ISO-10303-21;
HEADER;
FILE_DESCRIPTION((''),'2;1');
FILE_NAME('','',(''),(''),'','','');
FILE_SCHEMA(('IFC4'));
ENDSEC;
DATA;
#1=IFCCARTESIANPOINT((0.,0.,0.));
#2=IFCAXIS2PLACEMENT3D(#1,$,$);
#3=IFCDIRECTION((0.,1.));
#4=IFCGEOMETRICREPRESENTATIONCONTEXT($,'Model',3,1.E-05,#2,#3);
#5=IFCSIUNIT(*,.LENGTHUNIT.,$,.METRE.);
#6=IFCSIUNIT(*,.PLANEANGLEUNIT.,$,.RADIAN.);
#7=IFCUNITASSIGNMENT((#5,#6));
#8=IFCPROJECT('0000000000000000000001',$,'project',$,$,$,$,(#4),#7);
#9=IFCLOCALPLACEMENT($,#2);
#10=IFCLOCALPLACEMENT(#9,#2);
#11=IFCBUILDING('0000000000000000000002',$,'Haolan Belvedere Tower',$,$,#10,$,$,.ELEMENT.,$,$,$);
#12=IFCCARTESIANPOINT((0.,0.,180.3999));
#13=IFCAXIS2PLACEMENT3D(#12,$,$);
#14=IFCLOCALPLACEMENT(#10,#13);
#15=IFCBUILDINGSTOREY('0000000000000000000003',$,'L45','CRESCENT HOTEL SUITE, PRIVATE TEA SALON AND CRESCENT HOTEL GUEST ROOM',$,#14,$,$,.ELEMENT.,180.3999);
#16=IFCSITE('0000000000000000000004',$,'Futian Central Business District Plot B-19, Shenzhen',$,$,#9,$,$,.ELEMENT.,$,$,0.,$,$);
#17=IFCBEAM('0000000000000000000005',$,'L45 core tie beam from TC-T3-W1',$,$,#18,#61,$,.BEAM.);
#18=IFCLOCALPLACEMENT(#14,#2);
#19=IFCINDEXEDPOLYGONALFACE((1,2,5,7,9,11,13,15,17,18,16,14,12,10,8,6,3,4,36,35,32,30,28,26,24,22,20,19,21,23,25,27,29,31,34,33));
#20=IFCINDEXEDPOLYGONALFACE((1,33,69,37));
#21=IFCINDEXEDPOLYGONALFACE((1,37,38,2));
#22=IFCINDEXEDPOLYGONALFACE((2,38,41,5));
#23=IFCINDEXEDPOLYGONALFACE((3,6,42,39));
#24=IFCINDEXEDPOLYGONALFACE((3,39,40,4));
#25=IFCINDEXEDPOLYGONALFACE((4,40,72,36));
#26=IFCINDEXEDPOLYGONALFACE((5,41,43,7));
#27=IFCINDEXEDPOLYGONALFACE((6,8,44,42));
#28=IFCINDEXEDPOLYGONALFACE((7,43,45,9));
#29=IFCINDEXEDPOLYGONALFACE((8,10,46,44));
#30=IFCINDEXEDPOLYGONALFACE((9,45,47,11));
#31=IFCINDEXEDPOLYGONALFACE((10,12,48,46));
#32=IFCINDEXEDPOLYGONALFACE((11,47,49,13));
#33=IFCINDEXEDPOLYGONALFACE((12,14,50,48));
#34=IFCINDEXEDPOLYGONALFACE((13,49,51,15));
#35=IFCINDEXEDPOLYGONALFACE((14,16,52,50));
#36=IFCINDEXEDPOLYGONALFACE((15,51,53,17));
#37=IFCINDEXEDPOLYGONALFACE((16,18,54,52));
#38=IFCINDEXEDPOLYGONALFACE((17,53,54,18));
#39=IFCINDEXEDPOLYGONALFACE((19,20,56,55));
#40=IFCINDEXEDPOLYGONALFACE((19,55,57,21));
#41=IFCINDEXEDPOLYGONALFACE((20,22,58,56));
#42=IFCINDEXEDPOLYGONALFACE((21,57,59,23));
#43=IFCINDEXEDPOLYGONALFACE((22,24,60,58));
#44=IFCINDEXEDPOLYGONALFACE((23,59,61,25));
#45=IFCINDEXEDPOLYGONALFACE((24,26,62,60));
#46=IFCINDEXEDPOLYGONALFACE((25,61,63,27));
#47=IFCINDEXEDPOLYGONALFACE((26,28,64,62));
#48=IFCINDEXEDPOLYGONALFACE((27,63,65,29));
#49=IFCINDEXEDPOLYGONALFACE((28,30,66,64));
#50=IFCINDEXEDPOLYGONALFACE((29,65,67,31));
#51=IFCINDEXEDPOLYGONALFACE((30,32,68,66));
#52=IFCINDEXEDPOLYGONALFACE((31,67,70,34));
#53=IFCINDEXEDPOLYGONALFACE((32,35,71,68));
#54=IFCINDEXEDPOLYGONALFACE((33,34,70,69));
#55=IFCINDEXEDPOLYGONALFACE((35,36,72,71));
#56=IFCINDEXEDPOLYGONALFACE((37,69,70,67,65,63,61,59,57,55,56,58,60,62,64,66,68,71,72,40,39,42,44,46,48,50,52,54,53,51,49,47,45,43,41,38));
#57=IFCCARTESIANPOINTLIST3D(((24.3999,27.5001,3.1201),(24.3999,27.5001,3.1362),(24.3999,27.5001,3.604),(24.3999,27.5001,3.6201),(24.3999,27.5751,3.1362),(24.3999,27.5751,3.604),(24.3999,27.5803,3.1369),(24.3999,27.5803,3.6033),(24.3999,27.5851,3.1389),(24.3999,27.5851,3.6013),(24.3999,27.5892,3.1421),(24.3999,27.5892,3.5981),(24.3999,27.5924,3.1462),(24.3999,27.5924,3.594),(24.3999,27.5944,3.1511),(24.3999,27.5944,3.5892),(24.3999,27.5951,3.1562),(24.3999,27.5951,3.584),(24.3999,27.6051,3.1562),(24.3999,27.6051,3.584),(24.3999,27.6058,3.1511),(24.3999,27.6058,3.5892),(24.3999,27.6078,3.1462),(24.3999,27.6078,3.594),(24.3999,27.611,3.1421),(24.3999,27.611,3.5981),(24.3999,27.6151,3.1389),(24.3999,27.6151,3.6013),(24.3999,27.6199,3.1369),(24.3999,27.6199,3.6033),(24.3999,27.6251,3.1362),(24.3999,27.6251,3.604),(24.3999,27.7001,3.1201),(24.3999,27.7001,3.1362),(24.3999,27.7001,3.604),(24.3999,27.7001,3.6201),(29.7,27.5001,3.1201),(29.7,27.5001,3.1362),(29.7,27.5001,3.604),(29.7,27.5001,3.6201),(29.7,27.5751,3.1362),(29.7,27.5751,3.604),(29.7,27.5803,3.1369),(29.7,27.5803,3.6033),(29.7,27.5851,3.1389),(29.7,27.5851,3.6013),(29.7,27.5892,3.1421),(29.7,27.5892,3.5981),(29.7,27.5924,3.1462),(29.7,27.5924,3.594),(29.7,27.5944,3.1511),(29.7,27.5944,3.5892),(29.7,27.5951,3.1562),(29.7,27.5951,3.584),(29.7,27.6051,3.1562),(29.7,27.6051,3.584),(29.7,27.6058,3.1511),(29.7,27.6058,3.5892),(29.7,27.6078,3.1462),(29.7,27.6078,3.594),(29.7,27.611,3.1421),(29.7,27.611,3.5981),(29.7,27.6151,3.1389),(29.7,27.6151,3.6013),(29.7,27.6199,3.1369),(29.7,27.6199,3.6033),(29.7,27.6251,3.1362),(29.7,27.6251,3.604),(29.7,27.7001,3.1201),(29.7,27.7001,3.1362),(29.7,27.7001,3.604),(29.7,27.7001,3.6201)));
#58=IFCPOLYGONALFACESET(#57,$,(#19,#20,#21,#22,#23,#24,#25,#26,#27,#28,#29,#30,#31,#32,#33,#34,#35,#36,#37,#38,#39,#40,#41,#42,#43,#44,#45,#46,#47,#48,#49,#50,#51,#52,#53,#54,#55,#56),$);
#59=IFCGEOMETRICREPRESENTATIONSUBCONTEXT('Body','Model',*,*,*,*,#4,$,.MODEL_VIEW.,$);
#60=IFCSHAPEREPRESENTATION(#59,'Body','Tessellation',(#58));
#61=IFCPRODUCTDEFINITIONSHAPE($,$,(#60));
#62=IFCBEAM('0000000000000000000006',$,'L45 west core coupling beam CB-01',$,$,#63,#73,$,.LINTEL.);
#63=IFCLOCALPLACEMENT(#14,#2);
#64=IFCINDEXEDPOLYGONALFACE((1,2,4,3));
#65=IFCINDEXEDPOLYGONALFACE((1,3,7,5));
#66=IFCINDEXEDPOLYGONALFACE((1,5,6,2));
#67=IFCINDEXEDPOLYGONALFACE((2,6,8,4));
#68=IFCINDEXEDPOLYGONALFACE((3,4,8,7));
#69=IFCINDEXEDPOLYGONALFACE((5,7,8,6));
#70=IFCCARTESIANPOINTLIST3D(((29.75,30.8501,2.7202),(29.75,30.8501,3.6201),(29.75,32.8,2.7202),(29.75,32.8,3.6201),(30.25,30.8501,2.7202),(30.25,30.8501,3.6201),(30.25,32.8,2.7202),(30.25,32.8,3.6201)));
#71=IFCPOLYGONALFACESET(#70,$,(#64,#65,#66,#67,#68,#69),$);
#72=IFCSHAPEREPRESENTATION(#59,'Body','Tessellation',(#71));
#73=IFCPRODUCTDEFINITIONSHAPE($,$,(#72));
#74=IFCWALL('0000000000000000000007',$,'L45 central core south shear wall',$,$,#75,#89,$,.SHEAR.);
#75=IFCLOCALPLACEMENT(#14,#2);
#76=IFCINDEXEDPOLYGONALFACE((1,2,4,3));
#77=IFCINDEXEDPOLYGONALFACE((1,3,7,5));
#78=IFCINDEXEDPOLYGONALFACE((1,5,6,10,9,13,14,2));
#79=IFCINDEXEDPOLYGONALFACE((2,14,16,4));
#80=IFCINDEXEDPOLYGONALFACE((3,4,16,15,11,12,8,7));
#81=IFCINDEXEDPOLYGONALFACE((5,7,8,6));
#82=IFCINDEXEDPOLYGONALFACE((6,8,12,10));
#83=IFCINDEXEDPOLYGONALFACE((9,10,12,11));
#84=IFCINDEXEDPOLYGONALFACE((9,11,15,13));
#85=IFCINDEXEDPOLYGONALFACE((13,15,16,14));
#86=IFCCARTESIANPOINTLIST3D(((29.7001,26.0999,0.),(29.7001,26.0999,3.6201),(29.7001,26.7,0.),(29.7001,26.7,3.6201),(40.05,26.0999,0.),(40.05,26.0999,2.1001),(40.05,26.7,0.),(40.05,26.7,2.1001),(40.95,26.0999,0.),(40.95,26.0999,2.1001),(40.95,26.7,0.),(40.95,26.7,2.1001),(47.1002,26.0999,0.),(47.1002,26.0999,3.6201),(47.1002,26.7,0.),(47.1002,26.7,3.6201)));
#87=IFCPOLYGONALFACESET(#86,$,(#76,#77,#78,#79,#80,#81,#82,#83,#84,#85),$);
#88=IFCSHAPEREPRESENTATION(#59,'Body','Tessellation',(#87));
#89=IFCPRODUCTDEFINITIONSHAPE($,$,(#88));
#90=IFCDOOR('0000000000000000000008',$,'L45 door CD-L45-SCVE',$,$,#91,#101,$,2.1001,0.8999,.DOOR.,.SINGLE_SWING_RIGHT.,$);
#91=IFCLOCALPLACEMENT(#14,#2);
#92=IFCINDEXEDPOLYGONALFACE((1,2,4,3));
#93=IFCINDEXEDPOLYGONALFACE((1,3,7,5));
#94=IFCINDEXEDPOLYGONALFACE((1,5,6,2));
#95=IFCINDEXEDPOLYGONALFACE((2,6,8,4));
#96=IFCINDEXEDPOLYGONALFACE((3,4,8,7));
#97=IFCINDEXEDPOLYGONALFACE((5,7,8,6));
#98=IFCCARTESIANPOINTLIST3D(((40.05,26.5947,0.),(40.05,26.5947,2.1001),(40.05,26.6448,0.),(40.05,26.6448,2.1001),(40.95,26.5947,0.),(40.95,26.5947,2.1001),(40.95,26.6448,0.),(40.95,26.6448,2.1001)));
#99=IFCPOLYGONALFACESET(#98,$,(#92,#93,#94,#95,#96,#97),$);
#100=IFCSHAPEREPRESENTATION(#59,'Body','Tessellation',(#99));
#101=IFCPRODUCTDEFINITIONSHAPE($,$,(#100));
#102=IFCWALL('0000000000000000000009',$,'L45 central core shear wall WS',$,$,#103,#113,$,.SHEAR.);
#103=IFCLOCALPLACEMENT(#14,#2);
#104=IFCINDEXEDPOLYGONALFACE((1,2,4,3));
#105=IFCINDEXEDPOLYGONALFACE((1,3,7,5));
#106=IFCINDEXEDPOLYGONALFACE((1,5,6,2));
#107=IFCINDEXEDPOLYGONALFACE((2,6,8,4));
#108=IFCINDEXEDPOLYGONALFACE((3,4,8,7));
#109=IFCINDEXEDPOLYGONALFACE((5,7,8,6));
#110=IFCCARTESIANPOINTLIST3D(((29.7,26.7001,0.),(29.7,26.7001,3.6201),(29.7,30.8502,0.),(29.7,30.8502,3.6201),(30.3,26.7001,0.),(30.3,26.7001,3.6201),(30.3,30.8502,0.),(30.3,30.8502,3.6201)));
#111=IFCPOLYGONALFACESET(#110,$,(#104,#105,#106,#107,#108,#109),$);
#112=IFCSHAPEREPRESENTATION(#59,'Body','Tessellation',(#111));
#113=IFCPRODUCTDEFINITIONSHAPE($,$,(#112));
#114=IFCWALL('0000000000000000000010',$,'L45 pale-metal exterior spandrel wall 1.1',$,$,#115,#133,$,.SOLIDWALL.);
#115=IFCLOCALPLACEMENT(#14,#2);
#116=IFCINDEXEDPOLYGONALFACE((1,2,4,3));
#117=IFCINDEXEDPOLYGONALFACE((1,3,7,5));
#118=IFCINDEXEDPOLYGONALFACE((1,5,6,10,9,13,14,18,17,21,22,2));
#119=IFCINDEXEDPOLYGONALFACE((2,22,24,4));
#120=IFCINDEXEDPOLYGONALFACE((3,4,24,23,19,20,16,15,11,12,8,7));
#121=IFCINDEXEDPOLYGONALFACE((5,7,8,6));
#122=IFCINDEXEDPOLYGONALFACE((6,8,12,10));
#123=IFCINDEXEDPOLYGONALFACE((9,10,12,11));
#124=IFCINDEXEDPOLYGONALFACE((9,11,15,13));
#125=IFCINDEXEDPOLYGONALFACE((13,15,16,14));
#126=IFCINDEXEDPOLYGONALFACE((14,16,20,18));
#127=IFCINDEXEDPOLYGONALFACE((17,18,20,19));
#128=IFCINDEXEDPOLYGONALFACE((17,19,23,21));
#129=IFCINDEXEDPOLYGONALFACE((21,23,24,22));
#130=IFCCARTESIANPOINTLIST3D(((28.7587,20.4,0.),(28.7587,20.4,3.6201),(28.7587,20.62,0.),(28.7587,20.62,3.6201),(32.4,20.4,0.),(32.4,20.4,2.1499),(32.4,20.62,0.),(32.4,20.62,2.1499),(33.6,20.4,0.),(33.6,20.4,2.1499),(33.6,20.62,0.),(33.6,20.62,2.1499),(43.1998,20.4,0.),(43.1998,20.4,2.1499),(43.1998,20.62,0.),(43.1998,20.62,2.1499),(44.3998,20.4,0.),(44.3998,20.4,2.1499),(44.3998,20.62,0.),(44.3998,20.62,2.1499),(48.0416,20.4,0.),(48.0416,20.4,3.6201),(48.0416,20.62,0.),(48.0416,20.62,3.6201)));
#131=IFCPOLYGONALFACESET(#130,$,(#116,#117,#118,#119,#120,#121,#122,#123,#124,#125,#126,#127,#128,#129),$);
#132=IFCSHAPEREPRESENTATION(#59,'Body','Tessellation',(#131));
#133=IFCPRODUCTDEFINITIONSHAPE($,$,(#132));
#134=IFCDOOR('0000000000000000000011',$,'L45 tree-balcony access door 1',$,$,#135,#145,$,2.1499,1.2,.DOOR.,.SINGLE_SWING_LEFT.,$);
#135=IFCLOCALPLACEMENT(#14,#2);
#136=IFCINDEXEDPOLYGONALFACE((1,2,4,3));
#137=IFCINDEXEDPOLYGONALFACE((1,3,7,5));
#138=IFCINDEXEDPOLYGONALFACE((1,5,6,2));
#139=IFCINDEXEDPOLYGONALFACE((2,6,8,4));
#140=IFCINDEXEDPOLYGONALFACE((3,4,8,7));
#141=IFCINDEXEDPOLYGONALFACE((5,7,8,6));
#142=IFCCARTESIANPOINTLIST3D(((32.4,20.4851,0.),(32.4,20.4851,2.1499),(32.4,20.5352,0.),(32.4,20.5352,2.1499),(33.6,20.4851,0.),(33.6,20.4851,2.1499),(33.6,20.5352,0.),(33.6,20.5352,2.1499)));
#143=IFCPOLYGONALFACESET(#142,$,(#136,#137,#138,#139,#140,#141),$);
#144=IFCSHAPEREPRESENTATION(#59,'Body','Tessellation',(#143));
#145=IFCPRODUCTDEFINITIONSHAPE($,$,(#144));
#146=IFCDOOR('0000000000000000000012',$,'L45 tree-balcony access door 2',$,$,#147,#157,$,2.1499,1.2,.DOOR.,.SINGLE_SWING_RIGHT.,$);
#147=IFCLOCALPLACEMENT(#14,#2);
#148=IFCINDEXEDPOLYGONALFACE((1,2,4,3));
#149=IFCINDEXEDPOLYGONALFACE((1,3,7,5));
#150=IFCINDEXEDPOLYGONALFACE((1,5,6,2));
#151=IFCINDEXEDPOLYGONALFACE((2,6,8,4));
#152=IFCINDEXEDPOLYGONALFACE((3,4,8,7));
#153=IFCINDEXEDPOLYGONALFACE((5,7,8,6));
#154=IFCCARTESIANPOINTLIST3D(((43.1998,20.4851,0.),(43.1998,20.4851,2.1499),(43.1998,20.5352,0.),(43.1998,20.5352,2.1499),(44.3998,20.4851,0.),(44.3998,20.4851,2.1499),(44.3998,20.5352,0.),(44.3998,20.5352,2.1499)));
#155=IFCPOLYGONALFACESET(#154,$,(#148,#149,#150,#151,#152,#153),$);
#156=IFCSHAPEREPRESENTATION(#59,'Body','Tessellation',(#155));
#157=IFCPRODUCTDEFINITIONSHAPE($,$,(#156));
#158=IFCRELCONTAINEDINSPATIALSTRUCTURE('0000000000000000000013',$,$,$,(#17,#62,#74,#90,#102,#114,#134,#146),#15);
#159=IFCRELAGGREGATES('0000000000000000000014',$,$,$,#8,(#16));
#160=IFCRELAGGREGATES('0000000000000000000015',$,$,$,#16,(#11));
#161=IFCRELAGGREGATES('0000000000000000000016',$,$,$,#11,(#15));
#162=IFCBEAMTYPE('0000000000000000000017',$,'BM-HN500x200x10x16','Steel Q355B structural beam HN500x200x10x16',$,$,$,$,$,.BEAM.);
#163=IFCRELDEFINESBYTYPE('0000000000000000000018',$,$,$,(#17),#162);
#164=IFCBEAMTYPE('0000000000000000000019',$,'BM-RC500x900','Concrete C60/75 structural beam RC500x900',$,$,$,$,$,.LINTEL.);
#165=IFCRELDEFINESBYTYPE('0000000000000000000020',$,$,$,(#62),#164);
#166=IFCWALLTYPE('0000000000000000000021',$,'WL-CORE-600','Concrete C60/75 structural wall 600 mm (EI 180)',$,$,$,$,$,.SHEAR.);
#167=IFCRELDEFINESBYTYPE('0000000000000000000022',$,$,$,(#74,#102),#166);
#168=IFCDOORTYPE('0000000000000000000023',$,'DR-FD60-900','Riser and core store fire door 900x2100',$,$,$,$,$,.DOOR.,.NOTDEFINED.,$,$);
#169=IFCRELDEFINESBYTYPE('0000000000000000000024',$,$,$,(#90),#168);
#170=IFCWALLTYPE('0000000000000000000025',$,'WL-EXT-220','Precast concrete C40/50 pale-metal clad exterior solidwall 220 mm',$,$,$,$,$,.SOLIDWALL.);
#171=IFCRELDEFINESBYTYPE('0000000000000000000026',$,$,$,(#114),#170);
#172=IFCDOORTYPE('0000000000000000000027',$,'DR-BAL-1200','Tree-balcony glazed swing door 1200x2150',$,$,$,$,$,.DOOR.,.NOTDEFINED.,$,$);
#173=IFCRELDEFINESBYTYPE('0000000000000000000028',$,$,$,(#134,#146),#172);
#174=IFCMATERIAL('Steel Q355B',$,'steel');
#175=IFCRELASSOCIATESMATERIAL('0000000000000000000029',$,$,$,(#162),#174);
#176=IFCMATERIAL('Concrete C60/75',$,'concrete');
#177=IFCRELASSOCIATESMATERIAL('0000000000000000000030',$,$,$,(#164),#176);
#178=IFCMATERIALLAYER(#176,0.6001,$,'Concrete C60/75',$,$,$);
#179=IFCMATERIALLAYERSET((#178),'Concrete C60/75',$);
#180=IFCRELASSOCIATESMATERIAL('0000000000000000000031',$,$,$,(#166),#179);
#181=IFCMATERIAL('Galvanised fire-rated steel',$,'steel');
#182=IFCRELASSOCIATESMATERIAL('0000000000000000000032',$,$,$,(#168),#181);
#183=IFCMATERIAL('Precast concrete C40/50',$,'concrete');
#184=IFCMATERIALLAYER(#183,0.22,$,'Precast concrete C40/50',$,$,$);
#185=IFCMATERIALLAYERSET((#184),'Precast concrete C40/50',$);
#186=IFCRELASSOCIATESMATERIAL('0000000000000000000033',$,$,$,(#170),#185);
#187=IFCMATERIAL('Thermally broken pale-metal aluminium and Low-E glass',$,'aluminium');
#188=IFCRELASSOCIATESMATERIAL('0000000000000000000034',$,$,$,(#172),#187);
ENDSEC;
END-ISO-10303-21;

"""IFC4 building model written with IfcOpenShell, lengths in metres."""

from ifc_helpers import new_model, si_unit, direction, frame, frame_2d, origin, origin_2d, place, context, subcontext, project, spatial, rectangle, i_section, extrude, material, layer, layer_set, material_profile, profile_set, type_object, element, fill, save


model = new_model("IFC4")

# Units and contexts
model_context = context("Model", 3, precision=1e-05, world=origin(), true_north=direction((0.0, 1.0)))
body_context = subcontext(model_context, "Body", "Model", "MODEL_VIEW")
ifc_project = project(units=[si_unit("LENGTHUNIT", "METRE"), si_unit("PLANEANGLEUNIT", "RADIAN")], contexts=[model_context])

# Site, building, storey
site_placement = place(None, origin())
site = spatial("IfcSite", under=ifc_project, at=site_placement, Name="Futian Central Business District Plot B-19, Shenzhen", CompositionType="ELEMENT", RefElevation=0.0)
building_placement = place(site_placement, origin())
building = spatial("IfcBuilding", under=site, at=building_placement, Name="Haolan Belvedere Tower", CompositionType="ELEMENT")
storey_placement = place(building_placement, frame((0.0, 0.0, 180.3999)))
storey = spatial("IfcBuildingStorey", under=building, at=storey_placement, Name="L45", Description="CRESCENT HOTEL SUITE, PRIVATE TEA SALON AND CRESCENT HOTEL GUEST ROOM", CompositionType="ELEMENT", Elevation=180.3999)

# Beams
ifc_material_1 = material(Name="Steel Q355B", Category="steel")
ifc_material_profile_1 = material_profile(ifc_material_1, i_section(OverallWidth=0.2, OverallDepth=0.5, WebThickness=0.01, FlangeThickness=0.0161, FilletRadius=0.02, at=origin_2d()), Name="Steel Q355B")
ifc_profile_set_1 = profile_set([ifc_material_profile_1], Name="Steel Q355B")
beam_type_1 = type_object("IfcBeamType", Name="BM-HN500x200x10x16", Description="Steel Q355B structural beam HN500x200x10x16", PredefinedType="BEAM", material=ifc_profile_set_1)
beam_1_placement = place(storey_placement, frame((24.3999, 27.6001, 3.3701), z_axis=(1.0, 0.0, 0.0), x_axis=(0.0, 1.0, 0.0)))
element("IfcBeam", 1, at=beam_1_placement, inside=storey, type_object=beam_type_1, Name="L45 core tie beam from TC-T3-W1", PredefinedType="BEAM", context=body_context, shape_type="SweptSolid", body=[
    extrude(i_section(OverallWidth=0.2, OverallDepth=0.5, WebThickness=0.01, FlangeThickness=0.0161, FilletRadius=0.02, at=origin_2d()), origin(), (0.0, 0.0, 1.0), 5.3),
])
ifc_material_2 = material(Name="Concrete C60/75", Category="concrete")
ifc_material_profile_2 = material_profile(ifc_material_2, rectangle(XDim=0.5, YDim=0.8999, at=origin_2d()), Name="Concrete C60/75")
ifc_profile_set_2 = profile_set([ifc_material_profile_2], Name="Concrete C60/75")
beam_type_2 = type_object("IfcBeamType", Name="BM-RC500x900", Description="Concrete C60/75 structural beam RC500x900", PredefinedType="LINTEL", material=ifc_profile_set_2)
beam_2_placement = place(storey_placement, frame((30.0, 30.8501, 3.1702), z_axis=(0.0, 1.0, 0.0), x_axis=(-1.0, 0.0, 0.0)))
element("IfcBeam", 2, at=beam_2_placement, inside=storey, type_object=beam_type_2, Name="L45 west core coupling beam CB-01", PredefinedType="LINTEL", context=body_context, shape_type="SweptSolid", body=[
    extrude(rectangle(XDim=0.5, YDim=0.8999, at=origin_2d()), origin(), (0.0, 0.0, 1.0), 1.95),
])

# Wall, opening, door
ifc_layer_1 = layer(ifc_material_2, 0.6001, Name="Concrete C60/75")
ifc_layer_set_1 = layer_set([ifc_layer_1], Name="Concrete C60/75")
wall_type_1 = type_object("IfcWallType", Name="WL-CORE-600", Description="Concrete C60/75 structural wall 600 mm (EI 180)", PredefinedType="SHEAR", material=ifc_layer_set_1)
wall_1_placement = place(storey_placement, frame((29.7, 26.3999, 0.0), z_axis=(0.0, 0.0, 1.0), x_axis=(1.0, 0.0, 0.0)))
wall_1 = element("IfcWall", 3, at=wall_1_placement, inside=storey, type_object=wall_type_1, Name="L45 central core south shear wall", PredefinedType="SHEAR", context=body_context, shape_type="SweptSolid", body=[
    extrude(rectangle(XDim=17.4001, YDim=0.6001, at=frame_2d((8.7002, 0.0))), origin(), (0.0, 0.0, 1.0), 3.6201),
])
opening_1_placement = place(wall_1_placement, frame((11.25, 0.0, 0.0), z_axis=(0.0, 0.0, 1.0), x_axis=(-1.0, 0.0, 0.0)))
opening_1 = element("IfcOpeningElement", 4, at=opening_1_placement, cuts=wall_1, PredefinedType="OPENING", context=body_context, shape_type="SweptSolid", body=[
    extrude(rectangle(XDim=0.8999, YDim=2.1001, at=frame_2d((0.45, 1.05))), frame((0.0, 0.3101, 0.0), z_axis=(0.0, -1.0, 0.0), x_axis=(1.0, 0.0, 0.0)), (0.0, 0.0, 1.0), 0.6201),
])
ifc_material_3 = material(Name="Galvanised fire-rated steel", Category="steel")
door_type_1 = type_object("IfcDoorType", Name="DR-FD60-900", Description="Riser and core store fire door 900x2100", OperationType="NOTDEFINED", PredefinedType="DOOR", material=ifc_material_3)
door_1_placement = place(opening_1_placement, origin())
door_1 = element("IfcDoor", 5, at=door_1_placement, inside=storey, type_object=door_type_1, Name="L45 door CD-L45-SCVE", OperationType="SINGLE_SWING_RIGHT", OverallHeight=2.1001, OverallWidth=0.8999, PredefinedType="DOOR", context=body_context, shape_type="SweptSolid", body=[
    extrude(rectangle(XDim=0.8999, YDim=2.1001, at=frame_2d((0.45, 1.05))), frame((0.0, -0.1948, 0.0), z_axis=(0.0, -1.0, 0.0), x_axis=(1.0, 0.0, 0.0)), (0.0, 0.0, 1.0), 0.05),
])
fill(opening_1, door_1)

# Wall
wall_2_placement = place(storey_placement, frame((30.0, 26.7, 0.0), z_axis=(0.0, 0.0, 1.0), x_axis=(0.0, 1.0, 0.0)))
element("IfcWall", 6, at=wall_2_placement, inside=storey, type_object=wall_type_1, Name="L45 central core shear wall WS", PredefinedType="SHEAR", context=body_context, shape_type="SweptSolid", body=[
    extrude(rectangle(XDim=4.1501, YDim=0.6001, at=frame_2d((2.0752, 0.0))), origin(), (0.0, 0.0, 1.0), 3.6201),
])

# Wall, openings, doors
ifc_material_4 = material(Name="Precast concrete C40/50", Category="concrete")
ifc_layer_2 = layer(ifc_material_4, 0.22, Name="Precast concrete C40/50")
ifc_layer_set_2 = layer_set([ifc_layer_2], Name="Precast concrete C40/50")
wall_type_2 = type_object("IfcWallType", Name="WL-EXT-220", Description="Precast concrete C40/50 pale-metal clad exterior solidwall 220 mm", PredefinedType="SOLIDWALL", material=ifc_layer_set_2)
wall_3_placement = place(storey_placement, frame((28.7585, 20.51, 0.0), z_axis=(0.0, 0.0, 1.0), x_axis=(1.0, 0.0, 0.0)))
wall_3 = element("IfcWall", 7, at=wall_3_placement, inside=storey, type_object=wall_type_2, Name="L45 pale-metal exterior spandrel wall 1.1", PredefinedType="SOLIDWALL", context=body_context, shape_type="SweptSolid", body=[
    extrude(rectangle(XDim=19.283, YDim=0.22, at=frame_2d((9.6416, 0.0))), origin(), (0.0, 0.0, 1.0), 3.6201),
])
opening_2_placement = place(wall_3_placement, frame((4.8416, 0.0, 0.0), z_axis=(0.0, 0.0, 1.0), x_axis=(-1.0, 0.0, 0.0)))
opening_2 = element("IfcOpeningElement", 8, at=opening_2_placement, cuts=wall_3, PredefinedType="OPENING", context=body_context, shape_type="SweptSolid", body=[
    extrude(rectangle(XDim=1.2, YDim=2.1499, at=frame_2d((0.6001, 1.075))), frame((0.0, 0.1199, 0.0), z_axis=(0.0, -1.0, 0.0), x_axis=(1.0, 0.0, 0.0)), (0.0, 0.0, 1.0), 0.24),
])
opening_3_placement = place(wall_3_placement, frame((15.6414, 0.0, 0.0), z_axis=(0.0, 0.0, 1.0), x_axis=(-1.0, 0.0, 0.0)))
opening_3 = element("IfcOpeningElement", 9, at=opening_3_placement, cuts=wall_3, PredefinedType="OPENING", context=body_context, shape_type="SweptSolid", body=[
    extrude(rectangle(XDim=1.2, YDim=2.1499, at=frame_2d((0.6001, 1.075))), frame((0.0, 0.1199, 0.0), z_axis=(0.0, -1.0, 0.0), x_axis=(1.0, 0.0, 0.0)), (0.0, 0.0, 1.0), 0.24),
])
ifc_material_5 = material(Name="Thermally broken pale-metal aluminium and Low-E glass", Category="aluminium")
door_type_2 = type_object("IfcDoorType", Name="DR-BAL-1200", Description="Tree-balcony glazed swing door 1200x2150", OperationType="NOTDEFINED", PredefinedType="DOOR", material=ifc_material_5)
door_2_placement = place(opening_2_placement, origin())
door_2 = element("IfcDoor", 10, at=door_2_placement, inside=storey, type_object=door_type_2, Name="L45 tree-balcony access door 1", OperationType="SINGLE_SWING_LEFT", OverallHeight=2.1499, OverallWidth=1.2, PredefinedType="DOOR", context=body_context, shape_type="SweptSolid", body=[
    extrude(rectangle(XDim=1.2, YDim=2.1499, at=frame_2d((0.6001, 1.075))), frame((0.0, 0.0249, 0.0), z_axis=(0.0, -1.0, 0.0), x_axis=(1.0, 0.0, 0.0)), (0.0, 0.0, 1.0), 0.05),
])
fill(opening_2, door_2)
door_3_placement = place(opening_3_placement, origin())
door_3 = element("IfcDoor", 11, at=door_3_placement, inside=storey, type_object=door_type_2, Name="L45 tree-balcony access door 2", OperationType="SINGLE_SWING_RIGHT", OverallHeight=2.1499, OverallWidth=1.2, PredefinedType="DOOR", context=body_context, shape_type="SweptSolid", body=[
    extrude(rectangle(XDim=1.2, YDim=2.1499, at=frame_2d((0.6001, 1.075))), frame((0.0, 0.0249, 0.0), z_axis=(0.0, -1.0, 0.0), x_axis=(1.0, 0.0, 0.0)), (0.0, 0.0, 1.0), 0.05),
])
fill(opening_3, door_3)

save(model, "model.ifc")
